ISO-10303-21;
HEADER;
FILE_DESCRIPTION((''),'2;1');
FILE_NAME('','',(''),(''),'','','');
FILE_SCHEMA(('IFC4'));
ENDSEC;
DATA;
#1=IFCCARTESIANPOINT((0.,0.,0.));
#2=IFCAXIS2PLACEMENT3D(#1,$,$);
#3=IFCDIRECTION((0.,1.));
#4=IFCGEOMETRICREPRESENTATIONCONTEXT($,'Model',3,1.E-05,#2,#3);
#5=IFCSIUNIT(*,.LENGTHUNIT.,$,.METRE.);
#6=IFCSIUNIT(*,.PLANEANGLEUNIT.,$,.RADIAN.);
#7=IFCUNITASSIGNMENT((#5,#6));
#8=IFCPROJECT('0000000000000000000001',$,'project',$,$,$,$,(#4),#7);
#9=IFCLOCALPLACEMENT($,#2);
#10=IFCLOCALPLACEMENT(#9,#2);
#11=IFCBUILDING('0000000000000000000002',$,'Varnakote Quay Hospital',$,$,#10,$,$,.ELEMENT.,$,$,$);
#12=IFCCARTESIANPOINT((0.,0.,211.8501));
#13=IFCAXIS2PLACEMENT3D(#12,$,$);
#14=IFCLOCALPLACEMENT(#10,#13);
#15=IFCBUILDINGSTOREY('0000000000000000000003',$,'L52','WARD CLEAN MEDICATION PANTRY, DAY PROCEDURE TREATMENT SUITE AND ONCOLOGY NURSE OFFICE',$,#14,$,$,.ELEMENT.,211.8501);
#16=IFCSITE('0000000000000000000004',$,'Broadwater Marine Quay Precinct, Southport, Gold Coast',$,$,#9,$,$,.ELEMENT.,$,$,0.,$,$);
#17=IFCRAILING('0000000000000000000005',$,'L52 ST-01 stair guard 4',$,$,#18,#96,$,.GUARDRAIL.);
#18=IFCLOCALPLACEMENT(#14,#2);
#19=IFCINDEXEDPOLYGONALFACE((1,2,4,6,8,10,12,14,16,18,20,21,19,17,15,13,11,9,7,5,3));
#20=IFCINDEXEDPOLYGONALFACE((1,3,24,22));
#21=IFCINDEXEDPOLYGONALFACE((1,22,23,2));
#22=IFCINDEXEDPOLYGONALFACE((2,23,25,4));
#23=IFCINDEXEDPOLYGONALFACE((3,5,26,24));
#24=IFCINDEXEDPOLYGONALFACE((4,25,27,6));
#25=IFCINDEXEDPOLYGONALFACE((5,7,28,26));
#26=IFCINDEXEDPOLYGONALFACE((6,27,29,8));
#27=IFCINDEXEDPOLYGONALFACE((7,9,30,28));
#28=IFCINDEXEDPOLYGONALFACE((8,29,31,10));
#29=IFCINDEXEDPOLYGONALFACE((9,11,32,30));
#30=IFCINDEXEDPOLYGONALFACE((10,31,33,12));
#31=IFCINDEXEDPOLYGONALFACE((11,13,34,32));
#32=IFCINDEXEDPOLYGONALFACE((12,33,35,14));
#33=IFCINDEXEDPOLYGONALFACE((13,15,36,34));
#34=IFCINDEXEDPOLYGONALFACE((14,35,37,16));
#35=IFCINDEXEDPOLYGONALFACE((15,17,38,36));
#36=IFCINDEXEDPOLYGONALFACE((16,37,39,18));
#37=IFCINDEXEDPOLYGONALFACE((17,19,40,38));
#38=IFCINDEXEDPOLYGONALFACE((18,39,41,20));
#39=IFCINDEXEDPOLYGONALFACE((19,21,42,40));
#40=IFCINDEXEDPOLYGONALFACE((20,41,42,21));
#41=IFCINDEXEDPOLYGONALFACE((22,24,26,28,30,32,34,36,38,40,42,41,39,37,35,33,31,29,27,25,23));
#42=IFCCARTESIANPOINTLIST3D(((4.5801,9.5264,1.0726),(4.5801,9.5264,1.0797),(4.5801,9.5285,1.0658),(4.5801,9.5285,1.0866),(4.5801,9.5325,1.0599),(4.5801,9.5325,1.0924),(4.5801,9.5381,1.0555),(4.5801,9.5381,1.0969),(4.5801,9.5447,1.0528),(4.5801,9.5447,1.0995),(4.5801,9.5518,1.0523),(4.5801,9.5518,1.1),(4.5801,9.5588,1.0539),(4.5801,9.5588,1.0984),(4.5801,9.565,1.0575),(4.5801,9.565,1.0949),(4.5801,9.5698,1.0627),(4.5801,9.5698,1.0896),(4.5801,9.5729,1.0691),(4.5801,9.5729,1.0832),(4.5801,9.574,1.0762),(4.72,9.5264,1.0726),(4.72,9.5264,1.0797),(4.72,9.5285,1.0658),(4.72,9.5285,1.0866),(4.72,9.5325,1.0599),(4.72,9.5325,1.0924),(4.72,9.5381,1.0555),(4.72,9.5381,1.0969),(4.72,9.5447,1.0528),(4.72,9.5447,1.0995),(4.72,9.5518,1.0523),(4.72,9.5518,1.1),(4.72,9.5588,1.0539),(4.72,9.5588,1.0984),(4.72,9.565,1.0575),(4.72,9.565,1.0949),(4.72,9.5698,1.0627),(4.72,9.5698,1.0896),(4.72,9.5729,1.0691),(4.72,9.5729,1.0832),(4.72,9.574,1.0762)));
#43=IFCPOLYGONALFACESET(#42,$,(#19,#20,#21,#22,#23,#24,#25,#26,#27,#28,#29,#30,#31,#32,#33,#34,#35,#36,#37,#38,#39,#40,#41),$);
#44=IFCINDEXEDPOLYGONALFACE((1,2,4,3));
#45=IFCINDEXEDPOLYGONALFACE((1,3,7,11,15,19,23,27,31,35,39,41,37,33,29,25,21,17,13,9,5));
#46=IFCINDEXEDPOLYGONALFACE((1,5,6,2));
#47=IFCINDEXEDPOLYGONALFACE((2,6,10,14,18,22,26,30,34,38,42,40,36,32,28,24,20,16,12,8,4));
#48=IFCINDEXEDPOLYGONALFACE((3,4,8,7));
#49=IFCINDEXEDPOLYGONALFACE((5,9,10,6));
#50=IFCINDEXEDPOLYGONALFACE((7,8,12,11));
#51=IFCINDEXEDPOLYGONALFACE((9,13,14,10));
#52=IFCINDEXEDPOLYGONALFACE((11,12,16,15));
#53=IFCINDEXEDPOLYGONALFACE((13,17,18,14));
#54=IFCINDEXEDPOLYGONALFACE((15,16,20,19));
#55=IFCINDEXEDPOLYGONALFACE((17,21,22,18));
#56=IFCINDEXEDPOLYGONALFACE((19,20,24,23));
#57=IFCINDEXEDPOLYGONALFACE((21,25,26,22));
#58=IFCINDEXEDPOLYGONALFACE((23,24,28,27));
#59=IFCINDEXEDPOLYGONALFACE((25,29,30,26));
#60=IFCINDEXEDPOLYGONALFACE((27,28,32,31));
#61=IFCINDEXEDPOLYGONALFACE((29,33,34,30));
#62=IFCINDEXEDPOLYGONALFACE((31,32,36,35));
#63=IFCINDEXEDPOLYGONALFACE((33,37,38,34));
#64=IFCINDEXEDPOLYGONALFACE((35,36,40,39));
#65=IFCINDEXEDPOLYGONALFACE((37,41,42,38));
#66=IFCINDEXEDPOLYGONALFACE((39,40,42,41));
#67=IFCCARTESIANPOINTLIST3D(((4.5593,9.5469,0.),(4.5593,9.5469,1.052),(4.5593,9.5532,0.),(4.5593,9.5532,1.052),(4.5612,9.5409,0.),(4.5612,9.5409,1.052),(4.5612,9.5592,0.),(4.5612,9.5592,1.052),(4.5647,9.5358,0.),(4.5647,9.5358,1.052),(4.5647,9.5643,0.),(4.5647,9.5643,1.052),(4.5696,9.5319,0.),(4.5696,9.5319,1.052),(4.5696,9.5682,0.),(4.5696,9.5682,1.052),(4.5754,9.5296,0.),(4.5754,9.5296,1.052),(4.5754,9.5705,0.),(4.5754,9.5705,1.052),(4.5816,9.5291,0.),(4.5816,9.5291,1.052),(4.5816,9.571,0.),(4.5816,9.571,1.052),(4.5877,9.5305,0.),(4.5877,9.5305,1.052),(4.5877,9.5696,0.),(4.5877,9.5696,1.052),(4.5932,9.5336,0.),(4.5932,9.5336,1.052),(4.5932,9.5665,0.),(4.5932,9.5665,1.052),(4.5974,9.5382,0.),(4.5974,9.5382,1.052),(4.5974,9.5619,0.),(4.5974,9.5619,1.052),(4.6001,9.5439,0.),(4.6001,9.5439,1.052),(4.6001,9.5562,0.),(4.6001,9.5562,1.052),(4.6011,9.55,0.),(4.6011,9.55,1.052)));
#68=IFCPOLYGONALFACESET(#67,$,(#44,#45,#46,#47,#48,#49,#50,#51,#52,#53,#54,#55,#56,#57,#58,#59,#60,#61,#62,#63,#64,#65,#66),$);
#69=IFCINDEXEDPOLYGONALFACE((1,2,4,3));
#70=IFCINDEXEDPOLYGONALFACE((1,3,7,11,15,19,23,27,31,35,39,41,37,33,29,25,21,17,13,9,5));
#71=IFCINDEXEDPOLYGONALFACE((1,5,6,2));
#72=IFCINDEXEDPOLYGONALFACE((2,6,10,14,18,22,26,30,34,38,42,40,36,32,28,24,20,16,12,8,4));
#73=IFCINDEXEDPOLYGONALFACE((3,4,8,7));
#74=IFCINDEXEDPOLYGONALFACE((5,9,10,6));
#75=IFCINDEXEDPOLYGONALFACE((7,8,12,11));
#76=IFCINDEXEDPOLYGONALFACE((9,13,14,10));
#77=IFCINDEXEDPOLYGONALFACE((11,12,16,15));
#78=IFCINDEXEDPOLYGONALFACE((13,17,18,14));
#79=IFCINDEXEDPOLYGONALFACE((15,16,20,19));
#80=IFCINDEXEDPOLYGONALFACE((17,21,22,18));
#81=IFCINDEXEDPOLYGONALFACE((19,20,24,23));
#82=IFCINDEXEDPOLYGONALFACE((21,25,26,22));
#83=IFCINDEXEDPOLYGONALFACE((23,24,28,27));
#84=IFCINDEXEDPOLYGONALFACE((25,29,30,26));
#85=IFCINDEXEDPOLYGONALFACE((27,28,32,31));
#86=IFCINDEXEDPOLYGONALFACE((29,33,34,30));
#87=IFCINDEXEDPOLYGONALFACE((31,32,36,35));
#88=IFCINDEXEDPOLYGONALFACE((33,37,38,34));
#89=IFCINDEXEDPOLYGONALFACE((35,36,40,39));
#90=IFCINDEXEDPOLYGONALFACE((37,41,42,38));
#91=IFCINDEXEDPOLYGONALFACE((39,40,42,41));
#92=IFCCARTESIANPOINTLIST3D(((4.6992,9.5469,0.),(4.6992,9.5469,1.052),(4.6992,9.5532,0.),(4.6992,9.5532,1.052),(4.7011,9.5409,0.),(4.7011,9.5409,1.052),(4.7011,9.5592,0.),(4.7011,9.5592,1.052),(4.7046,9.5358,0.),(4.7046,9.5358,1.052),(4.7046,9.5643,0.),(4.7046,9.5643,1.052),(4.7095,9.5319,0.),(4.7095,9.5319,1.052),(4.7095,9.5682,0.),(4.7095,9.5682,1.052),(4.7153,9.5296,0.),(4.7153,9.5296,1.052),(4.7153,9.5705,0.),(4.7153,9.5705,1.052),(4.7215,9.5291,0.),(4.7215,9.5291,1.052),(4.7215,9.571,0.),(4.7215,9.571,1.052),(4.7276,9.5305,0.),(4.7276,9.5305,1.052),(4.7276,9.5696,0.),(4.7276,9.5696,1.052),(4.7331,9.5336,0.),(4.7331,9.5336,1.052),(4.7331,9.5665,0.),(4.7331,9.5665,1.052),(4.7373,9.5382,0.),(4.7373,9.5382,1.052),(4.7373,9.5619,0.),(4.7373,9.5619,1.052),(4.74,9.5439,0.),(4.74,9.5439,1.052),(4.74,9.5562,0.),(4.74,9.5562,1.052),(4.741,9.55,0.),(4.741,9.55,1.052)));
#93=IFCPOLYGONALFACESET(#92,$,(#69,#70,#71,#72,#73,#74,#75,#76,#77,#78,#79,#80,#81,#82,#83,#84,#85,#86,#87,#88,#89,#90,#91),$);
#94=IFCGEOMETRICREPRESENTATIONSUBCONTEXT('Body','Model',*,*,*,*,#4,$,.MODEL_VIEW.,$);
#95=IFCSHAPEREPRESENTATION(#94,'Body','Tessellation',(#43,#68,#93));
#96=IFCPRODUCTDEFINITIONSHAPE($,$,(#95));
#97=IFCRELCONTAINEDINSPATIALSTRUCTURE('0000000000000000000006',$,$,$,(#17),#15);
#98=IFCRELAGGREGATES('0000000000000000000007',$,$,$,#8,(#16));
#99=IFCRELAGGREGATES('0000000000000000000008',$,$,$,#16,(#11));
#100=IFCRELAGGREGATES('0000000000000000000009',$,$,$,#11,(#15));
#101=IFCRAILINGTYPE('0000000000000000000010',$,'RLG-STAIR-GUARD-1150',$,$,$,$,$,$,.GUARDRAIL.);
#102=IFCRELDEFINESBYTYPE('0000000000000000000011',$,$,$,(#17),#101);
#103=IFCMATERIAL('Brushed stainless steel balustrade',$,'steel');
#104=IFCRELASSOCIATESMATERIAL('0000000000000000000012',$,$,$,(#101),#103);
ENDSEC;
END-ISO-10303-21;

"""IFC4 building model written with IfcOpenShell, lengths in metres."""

from ifc_helpers import new_model, si_unit, direction, frame, origin, origin_2d, place, context, subcontext, project, spatial, circle, extrude, material, type_object, element, save


model = new_model("IFC4")

# Units and contexts
model_context = context("Model", 3, precision=1e-05, world=origin(), true_north=direction((0.0, 1.0)))
body_context = subcontext(model_context, "Body", "Model", "MODEL_VIEW")
ifc_project = project(units=[si_unit("LENGTHUNIT", "METRE"), si_unit("PLANEANGLEUNIT", "RADIAN")], contexts=[model_context])

# Site, building, storey
site_placement = place(None, origin())
site = spatial("IfcSite", under=ifc_project, at=site_placement, Name="Broadwater Marine Quay Precinct, Southport, Gold Coast", CompositionType="ELEMENT", RefElevation=0.0)
building_placement = place(site_placement, origin())
building = spatial("IfcBuilding", under=site, at=building_placement, Name="Varnakote Quay Hospital", CompositionType="ELEMENT")
storey_placement = place(building_placement, frame((0.0, 0.0, 211.8501)))
storey = spatial("IfcBuildingStorey", under=building, at=storey_placement, Name="L52", Description="WARD CLEAN MEDICATION PANTRY, DAY PROCEDURE TREATMENT SUITE AND ONCOLOGY NURSE OFFICE", CompositionType="ELEMENT", Elevation=211.8501)

# Railing
ifc_material_1 = material(Name="Brushed stainless steel balustrade", Category="steel")
railing_type_1 = type_object("IfcRailingType", Name="RLG-STAIR-GUARD-1150", PredefinedType="GUARDRAIL", material=ifc_material_1)
railing_1_placement = place(storey_placement, frame((4.5801, 9.55, 0.0)))
element("IfcRailing", 1, at=railing_1_placement, inside=storey, type_object=railing_type_1, Name="L52 ST-01 stair guard 4", PredefinedType="GUARDRAIL", context=body_context, shape_type="SweptSolid", body=[
    extrude(circle(Radius=0.0239, at=origin_2d()), frame((0.0, 0.0, 1.0762), z_axis=(1.0, 0.0, 0.0), x_axis=(0.0, 1.0, 0.0)), (0.0, 0.0, 1.0), 0.1399),
    extrude(circle(Radius=0.021, at=origin_2d()), origin(), (0.0, 0.0, 1.0), 1.052),
    extrude(circle(Radius=0.021, at=origin_2d()), frame((0.1399, 0.0, 0.0)), (0.0, 0.0, 1.0), 1.052),
])

save(model, "model.ifc")
